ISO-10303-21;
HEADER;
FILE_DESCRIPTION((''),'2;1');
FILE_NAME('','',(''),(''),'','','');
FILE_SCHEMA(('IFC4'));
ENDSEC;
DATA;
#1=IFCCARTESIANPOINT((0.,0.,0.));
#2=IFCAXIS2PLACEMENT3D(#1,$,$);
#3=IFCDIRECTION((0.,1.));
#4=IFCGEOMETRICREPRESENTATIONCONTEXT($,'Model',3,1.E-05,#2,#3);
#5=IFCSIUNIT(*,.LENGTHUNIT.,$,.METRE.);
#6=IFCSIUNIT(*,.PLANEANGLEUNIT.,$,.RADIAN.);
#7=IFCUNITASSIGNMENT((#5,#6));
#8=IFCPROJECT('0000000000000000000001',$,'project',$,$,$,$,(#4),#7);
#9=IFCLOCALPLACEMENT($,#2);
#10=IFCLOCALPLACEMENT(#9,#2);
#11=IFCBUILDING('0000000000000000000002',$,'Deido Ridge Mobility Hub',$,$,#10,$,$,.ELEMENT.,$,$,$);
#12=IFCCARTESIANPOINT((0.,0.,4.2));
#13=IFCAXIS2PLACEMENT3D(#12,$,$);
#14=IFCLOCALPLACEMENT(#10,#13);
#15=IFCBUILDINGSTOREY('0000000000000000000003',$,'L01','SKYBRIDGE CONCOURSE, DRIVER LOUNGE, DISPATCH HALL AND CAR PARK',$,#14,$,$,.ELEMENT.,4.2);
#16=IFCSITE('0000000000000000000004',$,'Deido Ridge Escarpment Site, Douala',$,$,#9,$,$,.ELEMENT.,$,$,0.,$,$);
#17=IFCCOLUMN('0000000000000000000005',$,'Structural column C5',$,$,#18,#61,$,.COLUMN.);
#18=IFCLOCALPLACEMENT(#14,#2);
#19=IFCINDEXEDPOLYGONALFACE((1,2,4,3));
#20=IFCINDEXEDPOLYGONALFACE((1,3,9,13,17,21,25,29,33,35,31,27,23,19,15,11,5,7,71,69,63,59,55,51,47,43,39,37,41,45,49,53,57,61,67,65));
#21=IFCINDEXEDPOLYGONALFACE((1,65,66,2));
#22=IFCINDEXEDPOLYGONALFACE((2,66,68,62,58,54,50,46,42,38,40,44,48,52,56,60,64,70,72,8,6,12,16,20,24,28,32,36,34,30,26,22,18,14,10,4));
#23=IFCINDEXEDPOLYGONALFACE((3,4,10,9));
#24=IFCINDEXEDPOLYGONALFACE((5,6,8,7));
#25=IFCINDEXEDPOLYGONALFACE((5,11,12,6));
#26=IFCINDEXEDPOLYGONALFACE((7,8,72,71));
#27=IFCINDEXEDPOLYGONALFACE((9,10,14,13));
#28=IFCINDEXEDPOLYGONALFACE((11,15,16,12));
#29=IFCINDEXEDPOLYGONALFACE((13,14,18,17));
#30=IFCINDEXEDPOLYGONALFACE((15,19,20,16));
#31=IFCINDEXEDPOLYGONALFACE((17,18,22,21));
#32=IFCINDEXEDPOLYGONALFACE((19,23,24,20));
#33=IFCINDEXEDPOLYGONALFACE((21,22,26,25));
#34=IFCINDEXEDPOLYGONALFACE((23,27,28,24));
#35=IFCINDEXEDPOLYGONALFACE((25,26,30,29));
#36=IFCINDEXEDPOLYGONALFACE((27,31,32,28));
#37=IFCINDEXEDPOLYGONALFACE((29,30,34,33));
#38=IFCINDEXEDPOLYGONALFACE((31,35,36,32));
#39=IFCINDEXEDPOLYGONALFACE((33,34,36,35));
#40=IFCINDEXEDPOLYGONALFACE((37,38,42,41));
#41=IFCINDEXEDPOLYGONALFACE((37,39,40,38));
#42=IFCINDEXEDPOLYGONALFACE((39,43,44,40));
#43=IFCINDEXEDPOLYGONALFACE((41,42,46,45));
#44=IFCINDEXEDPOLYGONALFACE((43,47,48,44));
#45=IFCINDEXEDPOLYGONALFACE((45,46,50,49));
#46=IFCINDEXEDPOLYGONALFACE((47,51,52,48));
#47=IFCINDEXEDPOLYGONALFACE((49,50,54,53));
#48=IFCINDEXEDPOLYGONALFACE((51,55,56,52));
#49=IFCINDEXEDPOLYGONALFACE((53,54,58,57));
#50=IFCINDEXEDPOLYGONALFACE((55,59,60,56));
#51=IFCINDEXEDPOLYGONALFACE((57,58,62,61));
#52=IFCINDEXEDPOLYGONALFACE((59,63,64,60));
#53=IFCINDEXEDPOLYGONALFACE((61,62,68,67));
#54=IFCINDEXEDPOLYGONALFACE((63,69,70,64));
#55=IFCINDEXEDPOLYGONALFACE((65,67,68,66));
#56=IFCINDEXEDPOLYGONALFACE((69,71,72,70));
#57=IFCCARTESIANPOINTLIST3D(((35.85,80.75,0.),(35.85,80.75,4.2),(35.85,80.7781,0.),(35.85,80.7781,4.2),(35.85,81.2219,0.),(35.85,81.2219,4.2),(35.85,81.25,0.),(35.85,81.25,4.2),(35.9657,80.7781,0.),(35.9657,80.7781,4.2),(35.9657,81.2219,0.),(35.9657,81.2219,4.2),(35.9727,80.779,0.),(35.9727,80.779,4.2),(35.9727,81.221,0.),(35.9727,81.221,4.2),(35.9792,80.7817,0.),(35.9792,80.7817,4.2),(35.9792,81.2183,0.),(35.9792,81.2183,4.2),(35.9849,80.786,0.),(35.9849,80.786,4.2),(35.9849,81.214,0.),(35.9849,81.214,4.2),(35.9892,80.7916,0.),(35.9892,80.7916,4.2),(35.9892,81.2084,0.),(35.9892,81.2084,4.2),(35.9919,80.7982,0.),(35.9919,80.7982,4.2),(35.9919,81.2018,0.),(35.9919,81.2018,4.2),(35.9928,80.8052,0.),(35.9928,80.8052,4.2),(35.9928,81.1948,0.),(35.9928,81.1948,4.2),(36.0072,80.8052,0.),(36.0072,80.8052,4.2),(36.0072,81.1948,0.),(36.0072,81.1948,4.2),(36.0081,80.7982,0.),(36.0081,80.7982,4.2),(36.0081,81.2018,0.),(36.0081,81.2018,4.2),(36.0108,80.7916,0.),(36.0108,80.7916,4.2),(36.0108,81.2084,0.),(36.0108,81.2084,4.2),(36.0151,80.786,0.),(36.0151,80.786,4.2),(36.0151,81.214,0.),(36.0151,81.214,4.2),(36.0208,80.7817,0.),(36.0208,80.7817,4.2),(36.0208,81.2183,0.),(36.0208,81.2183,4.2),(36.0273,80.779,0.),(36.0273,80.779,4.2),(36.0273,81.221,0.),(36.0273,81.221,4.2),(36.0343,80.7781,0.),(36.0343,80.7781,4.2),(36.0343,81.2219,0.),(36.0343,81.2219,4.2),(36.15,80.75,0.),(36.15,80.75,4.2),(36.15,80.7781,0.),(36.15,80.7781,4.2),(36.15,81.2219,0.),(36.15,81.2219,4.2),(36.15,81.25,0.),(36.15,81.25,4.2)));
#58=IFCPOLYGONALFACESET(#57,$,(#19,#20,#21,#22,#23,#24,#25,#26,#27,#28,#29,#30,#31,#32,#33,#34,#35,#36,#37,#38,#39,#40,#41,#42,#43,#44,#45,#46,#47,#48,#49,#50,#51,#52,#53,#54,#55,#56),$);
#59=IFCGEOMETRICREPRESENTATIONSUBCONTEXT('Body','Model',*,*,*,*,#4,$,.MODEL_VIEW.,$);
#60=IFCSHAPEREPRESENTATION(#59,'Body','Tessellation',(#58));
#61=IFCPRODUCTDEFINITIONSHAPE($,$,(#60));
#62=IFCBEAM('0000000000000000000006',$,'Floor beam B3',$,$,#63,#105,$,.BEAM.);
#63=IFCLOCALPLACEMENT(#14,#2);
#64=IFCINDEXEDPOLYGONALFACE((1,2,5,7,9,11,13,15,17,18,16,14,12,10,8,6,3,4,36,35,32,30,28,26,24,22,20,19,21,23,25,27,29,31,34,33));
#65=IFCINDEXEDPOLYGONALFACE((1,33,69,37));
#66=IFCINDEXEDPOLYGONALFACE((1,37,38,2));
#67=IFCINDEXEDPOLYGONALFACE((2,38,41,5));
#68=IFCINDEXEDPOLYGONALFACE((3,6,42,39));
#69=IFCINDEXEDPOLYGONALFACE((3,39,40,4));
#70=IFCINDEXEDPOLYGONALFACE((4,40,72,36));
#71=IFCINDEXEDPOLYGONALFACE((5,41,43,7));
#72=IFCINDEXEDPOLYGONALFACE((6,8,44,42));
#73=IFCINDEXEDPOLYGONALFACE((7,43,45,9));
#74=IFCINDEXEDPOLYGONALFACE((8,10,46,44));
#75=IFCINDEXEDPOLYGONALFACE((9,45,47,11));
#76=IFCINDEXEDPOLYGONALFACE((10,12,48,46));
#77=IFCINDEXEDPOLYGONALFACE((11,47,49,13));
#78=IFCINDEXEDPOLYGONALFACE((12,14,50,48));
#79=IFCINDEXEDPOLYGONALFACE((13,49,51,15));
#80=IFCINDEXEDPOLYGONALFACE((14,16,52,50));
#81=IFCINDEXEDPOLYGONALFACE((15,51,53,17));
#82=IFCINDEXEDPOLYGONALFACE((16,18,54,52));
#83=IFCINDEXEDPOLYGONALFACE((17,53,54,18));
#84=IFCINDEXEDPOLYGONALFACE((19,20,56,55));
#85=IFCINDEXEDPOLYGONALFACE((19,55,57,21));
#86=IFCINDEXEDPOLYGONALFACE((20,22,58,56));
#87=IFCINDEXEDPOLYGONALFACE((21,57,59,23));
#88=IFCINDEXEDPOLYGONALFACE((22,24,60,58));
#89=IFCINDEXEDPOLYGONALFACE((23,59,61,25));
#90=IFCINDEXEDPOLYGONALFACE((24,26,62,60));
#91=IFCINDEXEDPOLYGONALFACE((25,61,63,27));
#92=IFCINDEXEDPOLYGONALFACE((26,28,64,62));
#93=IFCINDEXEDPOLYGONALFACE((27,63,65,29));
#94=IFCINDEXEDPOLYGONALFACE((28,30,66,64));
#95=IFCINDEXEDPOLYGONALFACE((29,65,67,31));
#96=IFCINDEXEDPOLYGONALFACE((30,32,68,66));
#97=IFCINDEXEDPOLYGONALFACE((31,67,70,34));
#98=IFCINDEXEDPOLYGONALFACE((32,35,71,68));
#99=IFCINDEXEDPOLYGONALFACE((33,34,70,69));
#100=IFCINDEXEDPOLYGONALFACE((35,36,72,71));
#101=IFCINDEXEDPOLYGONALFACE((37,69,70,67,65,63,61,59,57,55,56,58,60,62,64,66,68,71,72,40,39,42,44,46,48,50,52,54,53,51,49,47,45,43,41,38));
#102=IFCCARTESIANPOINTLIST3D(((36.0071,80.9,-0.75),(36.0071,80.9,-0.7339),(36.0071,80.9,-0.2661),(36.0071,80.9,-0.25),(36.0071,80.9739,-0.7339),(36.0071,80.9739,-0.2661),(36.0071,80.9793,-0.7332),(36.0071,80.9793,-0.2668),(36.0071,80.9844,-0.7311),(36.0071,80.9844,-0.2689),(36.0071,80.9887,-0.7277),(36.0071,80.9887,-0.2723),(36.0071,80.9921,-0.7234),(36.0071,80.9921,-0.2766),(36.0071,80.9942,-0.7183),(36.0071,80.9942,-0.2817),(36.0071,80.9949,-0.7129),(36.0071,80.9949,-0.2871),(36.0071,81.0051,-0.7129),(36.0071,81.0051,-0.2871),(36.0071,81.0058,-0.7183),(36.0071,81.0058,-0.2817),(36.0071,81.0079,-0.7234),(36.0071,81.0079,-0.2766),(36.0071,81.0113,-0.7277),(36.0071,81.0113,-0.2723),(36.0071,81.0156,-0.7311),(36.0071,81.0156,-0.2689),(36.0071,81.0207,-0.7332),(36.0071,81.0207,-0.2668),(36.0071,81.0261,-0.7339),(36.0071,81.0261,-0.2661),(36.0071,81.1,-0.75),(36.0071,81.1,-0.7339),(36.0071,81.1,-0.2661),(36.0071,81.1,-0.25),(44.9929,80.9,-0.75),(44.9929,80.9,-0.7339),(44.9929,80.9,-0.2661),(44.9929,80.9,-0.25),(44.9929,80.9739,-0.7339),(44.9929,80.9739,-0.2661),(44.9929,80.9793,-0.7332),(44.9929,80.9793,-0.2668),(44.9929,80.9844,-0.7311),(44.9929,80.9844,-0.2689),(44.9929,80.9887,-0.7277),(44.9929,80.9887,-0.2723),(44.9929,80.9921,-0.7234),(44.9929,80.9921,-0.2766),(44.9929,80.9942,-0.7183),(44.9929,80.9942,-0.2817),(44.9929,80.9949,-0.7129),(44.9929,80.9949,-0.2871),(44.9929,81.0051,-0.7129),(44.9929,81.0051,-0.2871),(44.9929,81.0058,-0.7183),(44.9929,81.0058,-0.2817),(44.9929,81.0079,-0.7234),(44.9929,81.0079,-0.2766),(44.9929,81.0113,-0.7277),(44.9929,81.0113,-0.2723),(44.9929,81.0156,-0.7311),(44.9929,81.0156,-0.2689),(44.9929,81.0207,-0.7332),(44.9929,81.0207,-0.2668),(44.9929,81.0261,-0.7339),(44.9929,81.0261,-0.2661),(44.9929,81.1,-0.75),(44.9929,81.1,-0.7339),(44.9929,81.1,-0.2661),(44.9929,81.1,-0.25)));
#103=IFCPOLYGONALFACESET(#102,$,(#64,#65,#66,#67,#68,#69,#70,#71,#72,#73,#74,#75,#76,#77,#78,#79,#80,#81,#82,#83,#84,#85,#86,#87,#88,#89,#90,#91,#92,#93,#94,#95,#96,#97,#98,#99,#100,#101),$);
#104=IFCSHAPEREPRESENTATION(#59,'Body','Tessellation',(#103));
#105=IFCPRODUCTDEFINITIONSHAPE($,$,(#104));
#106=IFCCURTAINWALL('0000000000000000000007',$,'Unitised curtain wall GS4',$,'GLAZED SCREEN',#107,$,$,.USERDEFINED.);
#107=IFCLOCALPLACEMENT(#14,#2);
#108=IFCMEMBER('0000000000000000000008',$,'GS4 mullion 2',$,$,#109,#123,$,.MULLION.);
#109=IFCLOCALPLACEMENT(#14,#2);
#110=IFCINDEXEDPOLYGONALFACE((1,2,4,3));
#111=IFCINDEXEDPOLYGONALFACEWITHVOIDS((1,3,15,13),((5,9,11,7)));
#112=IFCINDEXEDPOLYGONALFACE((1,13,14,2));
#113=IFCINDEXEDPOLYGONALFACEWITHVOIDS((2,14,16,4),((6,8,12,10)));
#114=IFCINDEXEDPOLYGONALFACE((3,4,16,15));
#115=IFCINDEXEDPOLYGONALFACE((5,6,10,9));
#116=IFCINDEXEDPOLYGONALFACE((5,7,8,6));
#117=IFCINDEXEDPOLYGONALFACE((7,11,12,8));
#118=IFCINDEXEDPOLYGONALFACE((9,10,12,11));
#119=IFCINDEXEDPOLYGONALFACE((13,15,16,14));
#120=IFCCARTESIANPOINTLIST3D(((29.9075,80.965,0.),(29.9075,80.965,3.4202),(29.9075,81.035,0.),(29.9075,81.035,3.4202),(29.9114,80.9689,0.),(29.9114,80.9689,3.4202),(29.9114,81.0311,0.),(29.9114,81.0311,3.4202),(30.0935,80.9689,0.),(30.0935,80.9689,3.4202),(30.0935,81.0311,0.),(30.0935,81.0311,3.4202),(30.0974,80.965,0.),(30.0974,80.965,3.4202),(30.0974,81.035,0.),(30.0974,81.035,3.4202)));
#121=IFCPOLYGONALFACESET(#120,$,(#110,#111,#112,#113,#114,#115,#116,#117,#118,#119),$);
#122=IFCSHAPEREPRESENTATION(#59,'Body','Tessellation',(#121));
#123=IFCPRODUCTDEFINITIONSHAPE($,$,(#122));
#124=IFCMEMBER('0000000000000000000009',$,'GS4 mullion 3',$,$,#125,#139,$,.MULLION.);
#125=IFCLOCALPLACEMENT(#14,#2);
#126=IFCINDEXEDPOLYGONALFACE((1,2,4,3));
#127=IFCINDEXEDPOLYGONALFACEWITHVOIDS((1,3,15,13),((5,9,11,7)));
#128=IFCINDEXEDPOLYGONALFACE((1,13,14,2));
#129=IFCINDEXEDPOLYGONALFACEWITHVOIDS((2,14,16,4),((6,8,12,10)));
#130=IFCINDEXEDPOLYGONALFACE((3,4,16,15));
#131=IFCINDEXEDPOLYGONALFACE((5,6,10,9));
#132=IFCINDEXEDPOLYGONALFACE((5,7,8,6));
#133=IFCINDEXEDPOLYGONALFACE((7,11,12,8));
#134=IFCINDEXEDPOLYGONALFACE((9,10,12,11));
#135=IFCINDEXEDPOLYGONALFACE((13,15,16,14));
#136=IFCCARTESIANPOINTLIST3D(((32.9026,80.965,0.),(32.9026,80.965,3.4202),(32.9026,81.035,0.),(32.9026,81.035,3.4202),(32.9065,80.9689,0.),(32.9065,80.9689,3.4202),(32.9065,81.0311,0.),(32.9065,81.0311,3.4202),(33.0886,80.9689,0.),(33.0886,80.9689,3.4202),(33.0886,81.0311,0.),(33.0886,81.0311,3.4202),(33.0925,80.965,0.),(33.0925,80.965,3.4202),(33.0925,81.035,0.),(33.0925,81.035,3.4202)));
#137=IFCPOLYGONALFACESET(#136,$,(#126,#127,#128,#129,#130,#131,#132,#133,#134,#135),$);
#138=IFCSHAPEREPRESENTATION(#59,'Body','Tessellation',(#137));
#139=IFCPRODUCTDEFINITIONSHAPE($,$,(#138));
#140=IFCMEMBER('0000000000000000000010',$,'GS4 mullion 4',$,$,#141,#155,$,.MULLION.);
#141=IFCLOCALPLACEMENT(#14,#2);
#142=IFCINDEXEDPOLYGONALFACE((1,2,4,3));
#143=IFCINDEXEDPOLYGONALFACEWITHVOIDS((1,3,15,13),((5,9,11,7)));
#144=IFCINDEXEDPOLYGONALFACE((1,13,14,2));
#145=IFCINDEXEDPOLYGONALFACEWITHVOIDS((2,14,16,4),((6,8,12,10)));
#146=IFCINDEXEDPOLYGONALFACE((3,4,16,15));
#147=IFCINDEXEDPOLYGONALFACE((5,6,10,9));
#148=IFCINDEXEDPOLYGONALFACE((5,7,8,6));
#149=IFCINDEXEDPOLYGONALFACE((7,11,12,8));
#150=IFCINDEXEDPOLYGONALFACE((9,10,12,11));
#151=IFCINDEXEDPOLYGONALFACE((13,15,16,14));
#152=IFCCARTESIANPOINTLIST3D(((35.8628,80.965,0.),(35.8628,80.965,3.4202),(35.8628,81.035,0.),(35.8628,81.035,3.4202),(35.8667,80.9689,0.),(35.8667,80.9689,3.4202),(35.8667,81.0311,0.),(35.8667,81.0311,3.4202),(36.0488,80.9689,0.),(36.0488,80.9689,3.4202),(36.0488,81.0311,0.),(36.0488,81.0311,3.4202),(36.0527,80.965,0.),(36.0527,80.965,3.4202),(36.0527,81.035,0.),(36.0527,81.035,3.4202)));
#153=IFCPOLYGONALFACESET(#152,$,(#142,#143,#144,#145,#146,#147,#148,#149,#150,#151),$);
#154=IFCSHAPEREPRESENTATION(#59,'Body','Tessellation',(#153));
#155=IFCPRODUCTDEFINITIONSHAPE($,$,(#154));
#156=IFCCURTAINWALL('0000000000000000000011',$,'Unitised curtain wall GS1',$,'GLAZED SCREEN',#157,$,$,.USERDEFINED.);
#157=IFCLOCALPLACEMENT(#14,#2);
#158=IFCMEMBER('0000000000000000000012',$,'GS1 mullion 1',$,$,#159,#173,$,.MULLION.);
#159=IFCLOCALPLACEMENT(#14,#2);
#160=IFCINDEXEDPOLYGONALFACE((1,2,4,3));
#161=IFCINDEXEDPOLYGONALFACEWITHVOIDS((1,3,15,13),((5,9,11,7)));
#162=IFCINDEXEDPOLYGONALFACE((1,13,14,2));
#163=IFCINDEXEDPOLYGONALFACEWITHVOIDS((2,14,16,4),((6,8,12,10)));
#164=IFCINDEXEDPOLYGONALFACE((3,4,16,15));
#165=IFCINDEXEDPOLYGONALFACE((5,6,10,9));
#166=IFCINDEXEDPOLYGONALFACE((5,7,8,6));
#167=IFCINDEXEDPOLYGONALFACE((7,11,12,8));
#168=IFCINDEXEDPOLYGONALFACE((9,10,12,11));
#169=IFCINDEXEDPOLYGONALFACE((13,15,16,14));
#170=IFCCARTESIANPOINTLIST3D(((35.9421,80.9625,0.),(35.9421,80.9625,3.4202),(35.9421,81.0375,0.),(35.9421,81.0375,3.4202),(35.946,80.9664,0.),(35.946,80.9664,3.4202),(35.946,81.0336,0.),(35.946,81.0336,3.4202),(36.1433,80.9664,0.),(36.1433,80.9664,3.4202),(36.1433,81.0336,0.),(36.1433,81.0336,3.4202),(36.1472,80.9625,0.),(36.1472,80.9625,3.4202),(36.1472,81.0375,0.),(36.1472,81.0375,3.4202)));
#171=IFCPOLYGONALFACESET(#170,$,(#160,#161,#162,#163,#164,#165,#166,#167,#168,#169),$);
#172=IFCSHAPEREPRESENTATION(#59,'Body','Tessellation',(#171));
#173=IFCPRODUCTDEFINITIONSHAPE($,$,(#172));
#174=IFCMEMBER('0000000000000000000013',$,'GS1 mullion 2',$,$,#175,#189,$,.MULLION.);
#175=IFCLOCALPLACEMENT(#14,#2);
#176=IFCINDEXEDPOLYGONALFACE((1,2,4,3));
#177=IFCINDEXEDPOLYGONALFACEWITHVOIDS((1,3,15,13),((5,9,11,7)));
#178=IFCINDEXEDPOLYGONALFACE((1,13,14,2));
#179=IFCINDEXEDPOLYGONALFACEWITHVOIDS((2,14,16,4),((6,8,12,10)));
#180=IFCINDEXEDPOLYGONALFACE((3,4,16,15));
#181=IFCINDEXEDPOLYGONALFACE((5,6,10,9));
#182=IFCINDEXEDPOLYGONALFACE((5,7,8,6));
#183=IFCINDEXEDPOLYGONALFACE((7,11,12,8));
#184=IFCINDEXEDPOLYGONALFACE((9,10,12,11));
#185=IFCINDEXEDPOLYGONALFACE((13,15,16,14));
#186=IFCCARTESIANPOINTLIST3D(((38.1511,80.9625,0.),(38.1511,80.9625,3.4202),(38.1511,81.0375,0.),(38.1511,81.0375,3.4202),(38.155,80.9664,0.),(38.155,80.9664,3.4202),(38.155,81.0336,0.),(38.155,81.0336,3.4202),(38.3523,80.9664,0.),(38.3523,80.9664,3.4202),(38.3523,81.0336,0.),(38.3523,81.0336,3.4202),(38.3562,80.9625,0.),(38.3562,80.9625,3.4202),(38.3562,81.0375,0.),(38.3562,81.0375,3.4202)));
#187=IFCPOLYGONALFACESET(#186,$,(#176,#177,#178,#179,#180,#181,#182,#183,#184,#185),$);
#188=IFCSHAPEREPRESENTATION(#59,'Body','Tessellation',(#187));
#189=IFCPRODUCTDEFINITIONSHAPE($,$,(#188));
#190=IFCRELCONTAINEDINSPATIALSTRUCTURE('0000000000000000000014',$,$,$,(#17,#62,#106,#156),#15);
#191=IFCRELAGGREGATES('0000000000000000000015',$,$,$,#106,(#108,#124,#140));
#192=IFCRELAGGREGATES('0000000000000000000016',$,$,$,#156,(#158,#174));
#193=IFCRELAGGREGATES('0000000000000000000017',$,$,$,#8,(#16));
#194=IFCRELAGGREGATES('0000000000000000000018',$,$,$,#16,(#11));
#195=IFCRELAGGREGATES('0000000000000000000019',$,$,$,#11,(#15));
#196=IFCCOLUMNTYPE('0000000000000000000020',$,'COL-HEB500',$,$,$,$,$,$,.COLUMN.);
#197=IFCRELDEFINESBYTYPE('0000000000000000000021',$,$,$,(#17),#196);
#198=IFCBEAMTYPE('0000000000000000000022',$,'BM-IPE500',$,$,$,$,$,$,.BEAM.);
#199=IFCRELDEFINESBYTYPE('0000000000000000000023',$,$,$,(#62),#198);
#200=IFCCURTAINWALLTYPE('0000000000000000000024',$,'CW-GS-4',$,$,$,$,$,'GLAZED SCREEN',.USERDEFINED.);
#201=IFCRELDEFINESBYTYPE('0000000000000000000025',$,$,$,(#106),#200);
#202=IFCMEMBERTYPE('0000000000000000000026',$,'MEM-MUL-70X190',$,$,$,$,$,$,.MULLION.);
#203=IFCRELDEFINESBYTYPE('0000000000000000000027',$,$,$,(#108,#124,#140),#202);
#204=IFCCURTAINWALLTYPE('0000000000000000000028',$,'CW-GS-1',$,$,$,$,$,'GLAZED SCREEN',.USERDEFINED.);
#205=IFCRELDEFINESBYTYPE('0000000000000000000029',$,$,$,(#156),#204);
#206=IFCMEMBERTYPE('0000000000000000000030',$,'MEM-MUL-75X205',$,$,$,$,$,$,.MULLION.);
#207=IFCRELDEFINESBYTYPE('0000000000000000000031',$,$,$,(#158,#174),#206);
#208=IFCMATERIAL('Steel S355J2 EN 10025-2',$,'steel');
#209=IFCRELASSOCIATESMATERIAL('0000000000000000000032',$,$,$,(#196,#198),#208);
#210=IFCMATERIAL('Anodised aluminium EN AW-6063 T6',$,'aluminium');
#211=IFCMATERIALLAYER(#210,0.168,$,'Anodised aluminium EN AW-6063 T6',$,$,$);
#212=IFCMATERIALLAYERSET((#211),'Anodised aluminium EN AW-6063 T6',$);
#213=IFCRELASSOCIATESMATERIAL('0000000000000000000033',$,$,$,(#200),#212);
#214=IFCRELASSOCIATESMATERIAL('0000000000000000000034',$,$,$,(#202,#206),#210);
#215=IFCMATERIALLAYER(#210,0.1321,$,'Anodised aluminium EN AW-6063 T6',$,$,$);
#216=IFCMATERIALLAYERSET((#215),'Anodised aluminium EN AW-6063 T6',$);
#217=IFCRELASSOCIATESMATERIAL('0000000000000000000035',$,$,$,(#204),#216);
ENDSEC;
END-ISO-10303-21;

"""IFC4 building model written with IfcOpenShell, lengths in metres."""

from ifc_helpers import new_model, si_unit, direction, frame, origin, origin_2d, place, context, subcontext, project, spatial, hollow_rectangle, i_section, extrude, material, layer, layer_set, material_profile, profile_set, type_object, element, aggregate, save


model = new_model("IFC4")

# Units and contexts
model_context = context("Model", 3, precision=1e-05, world=origin(), true_north=direction((0.0, 1.0)))
body_context = subcontext(model_context, "Body", "Model", "MODEL_VIEW")
ifc_project = project(units=[si_unit("LENGTHUNIT", "METRE"), si_unit("PLANEANGLEUNIT", "RADIAN")], contexts=[model_context])

# Site, building, storey
site_placement = place(None, origin())
site = spatial("IfcSite", under=ifc_project, at=site_placement, Name="Deido Ridge Escarpment Site, Douala", CompositionType="ELEMENT", RefElevation=0.0)
building_placement = place(site_placement, origin())
building = spatial("IfcBuilding", under=site, at=building_placement, Name="Deido Ridge Mobility Hub", CompositionType="ELEMENT")
storey_placement = place(building_placement, frame((0.0, 0.0, 4.2)))
storey = spatial("IfcBuildingStorey", under=building, at=storey_placement, Name="L01", Description="SKYBRIDGE CONCOURSE, DRIVER LOUNGE, DISPATCH HALL AND CAR PARK", CompositionType="ELEMENT", Elevation=4.2)

# Column
ifc_material_1 = material(Name="Steel S355J2 EN 10025-2", Category="steel")
ifc_material_profile_1 = material_profile(ifc_material_1, i_section(OverallWidth=0.3, OverallDepth=0.5, WebThickness=0.0144, FlangeThickness=0.0281, FilletRadius=0.0271, at=origin_2d()), Name="HEB 500")
ifc_profile_set_1 = profile_set([ifc_material_profile_1], Name="Steel S355J2 EN 10025-2")
column_type = type_object("IfcColumnType", Name="COL-HEB500", PredefinedType="COLUMN", material=ifc_profile_set_1)
column_placement = place(storey_placement, frame((36.0, 81.0, 0.0), z_axis=(0.0, 0.0, 1.0), x_axis=(1.0, 0.0, 0.0)))
element("IfcColumn", 1, at=column_placement, inside=storey, type_object=column_type, Name="Structural column C5", PredefinedType="COLUMN", context=body_context, shape_type="SweptSolid", body=[
    extrude(i_section(OverallWidth=0.3, OverallDepth=0.5, WebThickness=0.0144, FlangeThickness=0.0281, FilletRadius=0.0271, at=origin_2d()), origin(), (0.0, 0.0, 1.0), 4.2),
])

# Beam
ifc_material_profile_2 = material_profile(ifc_material_1, i_section(OverallWidth=0.2, OverallDepth=0.5, WebThickness=0.0103, FlangeThickness=0.0161, FilletRadius=0.021, at=origin_2d()), Name="IPE 500")
ifc_profile_set_2 = profile_set([ifc_material_profile_2], Name="Steel S355J2 EN 10025-2")
beam_type = type_object("IfcBeamType", Name="BM-IPE500", PredefinedType="BEAM", material=ifc_profile_set_2)
beam_placement = place(storey_placement, frame((36.0071, 81.0, -0.5), z_axis=(1.0, 0.0, 0.0), x_axis=(0.0, 1.0, 0.0)))
element("IfcBeam", 2, at=beam_placement, inside=storey, type_object=beam_type, Name="Floor beam B3", PredefinedType="BEAM", context=body_context, shape_type="SweptSolid", body=[
    extrude(i_section(OverallWidth=0.2, OverallDepth=0.5, WebThickness=0.0103, FlangeThickness=0.0161, FilletRadius=0.021, at=origin_2d()), origin(), (0.0, 0.0, 1.0), 8.9858),
])

# Curtain walls, members
ifc_material_2 = material(Name="Anodised aluminium EN AW-6063 T6", Category="aluminium")
ifc_layer_1 = layer(ifc_material_2, 0.168, Name="Anodised aluminium EN AW-6063 T6")
ifc_layer_set_1 = layer_set([ifc_layer_1], Name="Anodised aluminium EN AW-6063 T6")
curtain_wall_type_1 = type_object("IfcCurtainWallType", Name="CW-GS-4", ElementType="GLAZED SCREEN", PredefinedType="USERDEFINED", material=ifc_layer_set_1)
curtain_wall_1_placement = place(storey_placement, origin())
curtain_wall_1 = element("IfcCurtainWall", 3, at=curtain_wall_1_placement, inside=storey, type_object=curtain_wall_type_1, Name="Unitised curtain wall GS4", ObjectType="GLAZED SCREEN", PredefinedType="USERDEFINED")
ifc_material_profile_3 = material_profile(ifc_material_2, hollow_rectangle(XDim=0.0701, YDim=0.1899, WallThickness=0.0039, at=origin_2d()), Name="RHS 70x190x4")
ifc_profile_set_3 = profile_set([ifc_material_profile_3], Name="Anodised aluminium EN AW-6063 T6")
member_type_1 = type_object("IfcMemberType", Name="MEM-MUL-70X190", PredefinedType="MULLION", material=ifc_profile_set_3)
member_1_placement = place(storey_placement, frame((30.0024, 81.0, 0.0), z_axis=(0.0, 0.0, 1.0), x_axis=(0.0, 1.0, 0.0)))
member_1 = element("IfcMember", 4, at=member_1_placement, type_object=member_type_1, Name="GS4 mullion 2", PredefinedType="MULLION", context=body_context, shape_type="SweptSolid", body=[
    extrude(hollow_rectangle(XDim=0.0701, YDim=0.1899, WallThickness=0.0039, at=origin_2d()), origin(), (0.0, 0.0, 1.0), 3.4202),
])
member_2_placement = place(storey_placement, frame((32.9976, 81.0, 0.0), z_axis=(0.0, 0.0, 1.0), x_axis=(0.0, 1.0, 0.0)))
member_2 = element("IfcMember", 5, at=member_2_placement, type_object=member_type_1, Name="GS4 mullion 3", PredefinedType="MULLION", context=body_context, shape_type="SweptSolid", body=[
    extrude(hollow_rectangle(XDim=0.0701, YDim=0.1899, WallThickness=0.0039, at=origin_2d()), origin(), (0.0, 0.0, 1.0), 3.4202),
])
member_3_placement = place(storey_placement, frame((35.9578, 81.0, 0.0), z_axis=(0.0, 0.0, 1.0), x_axis=(0.0, 1.0, 0.0)))
member_3 = element("IfcMember", 6, at=member_3_placement, type_object=member_type_1, Name="GS4 mullion 4", PredefinedType="MULLION", context=body_context, shape_type="SweptSolid", body=[
    extrude(hollow_rectangle(XDim=0.0701, YDim=0.1899, WallThickness=0.0039, at=origin_2d()), origin(), (0.0, 0.0, 1.0), 3.4202),
])
ifc_layer_2 = layer(ifc_material_2, 0.1321, Name="Anodised aluminium EN AW-6063 T6")
ifc_layer_set_2 = layer_set([ifc_layer_2], Name="Anodised aluminium EN AW-6063 T6")
curtain_wall_type_2 = type_object("IfcCurtainWallType", Name="CW-GS-1", ElementType="GLAZED SCREEN", PredefinedType="USERDEFINED", material=ifc_layer_set_2)
curtain_wall_2_placement = place(storey_placement, origin())
curtain_wall_2 = element("IfcCurtainWall", 7, at=curtain_wall_2_placement, inside=storey, type_object=curtain_wall_type_2, Name="Unitised curtain wall GS1", ObjectType="GLAZED SCREEN", PredefinedType="USERDEFINED")
ifc_material_profile_4 = material_profile(ifc_material_2, hollow_rectangle(XDim=0.075, YDim=0.2051, WallThickness=0.0039, at=origin_2d()), Name="RHS 75x205x4")
ifc_profile_set_4 = profile_set([ifc_material_profile_4], Name="Anodised aluminium EN AW-6063 T6")
member_type_2 = type_object("IfcMemberType", Name="MEM-MUL-75X205", PredefinedType="MULLION", material=ifc_profile_set_4)
member_4_placement = place(storey_placement, frame((36.0447, 81.0, 0.0), z_axis=(0.0, 0.0, 1.0), x_axis=(0.0, 1.0, 0.0)))
member_4 = element("IfcMember", 8, at=member_4_placement, type_object=member_type_2, Name="GS1 mullion 1", PredefinedType="MULLION", context=body_context, shape_type="SweptSolid", body=[
    extrude(hollow_rectangle(XDim=0.075, YDim=0.2051, WallThickness=0.0039, at=origin_2d()), origin(), (0.0, 0.0, 1.0), 3.4202),
])
member_5_placement = place(storey_placement, frame((38.2537, 81.0, 0.0), z_axis=(0.0, 0.0, 1.0), x_axis=(0.0, 1.0, 0.0)))
member_5 = element("IfcMember", 9, at=member_5_placement, type_object=member_type_2, Name="GS1 mullion 2", PredefinedType="MULLION", context=body_context, shape_type="SweptSolid", body=[
    extrude(hollow_rectangle(XDim=0.075, YDim=0.2051, WallThickness=0.0039, at=origin_2d()), origin(), (0.0, 0.0, 1.0), 3.4202),
])

aggregate(curtain_wall_1, [member_1, member_2, member_3])
aggregate(curtain_wall_2, [member_4, member_5])

save(model, "model.ifc")
